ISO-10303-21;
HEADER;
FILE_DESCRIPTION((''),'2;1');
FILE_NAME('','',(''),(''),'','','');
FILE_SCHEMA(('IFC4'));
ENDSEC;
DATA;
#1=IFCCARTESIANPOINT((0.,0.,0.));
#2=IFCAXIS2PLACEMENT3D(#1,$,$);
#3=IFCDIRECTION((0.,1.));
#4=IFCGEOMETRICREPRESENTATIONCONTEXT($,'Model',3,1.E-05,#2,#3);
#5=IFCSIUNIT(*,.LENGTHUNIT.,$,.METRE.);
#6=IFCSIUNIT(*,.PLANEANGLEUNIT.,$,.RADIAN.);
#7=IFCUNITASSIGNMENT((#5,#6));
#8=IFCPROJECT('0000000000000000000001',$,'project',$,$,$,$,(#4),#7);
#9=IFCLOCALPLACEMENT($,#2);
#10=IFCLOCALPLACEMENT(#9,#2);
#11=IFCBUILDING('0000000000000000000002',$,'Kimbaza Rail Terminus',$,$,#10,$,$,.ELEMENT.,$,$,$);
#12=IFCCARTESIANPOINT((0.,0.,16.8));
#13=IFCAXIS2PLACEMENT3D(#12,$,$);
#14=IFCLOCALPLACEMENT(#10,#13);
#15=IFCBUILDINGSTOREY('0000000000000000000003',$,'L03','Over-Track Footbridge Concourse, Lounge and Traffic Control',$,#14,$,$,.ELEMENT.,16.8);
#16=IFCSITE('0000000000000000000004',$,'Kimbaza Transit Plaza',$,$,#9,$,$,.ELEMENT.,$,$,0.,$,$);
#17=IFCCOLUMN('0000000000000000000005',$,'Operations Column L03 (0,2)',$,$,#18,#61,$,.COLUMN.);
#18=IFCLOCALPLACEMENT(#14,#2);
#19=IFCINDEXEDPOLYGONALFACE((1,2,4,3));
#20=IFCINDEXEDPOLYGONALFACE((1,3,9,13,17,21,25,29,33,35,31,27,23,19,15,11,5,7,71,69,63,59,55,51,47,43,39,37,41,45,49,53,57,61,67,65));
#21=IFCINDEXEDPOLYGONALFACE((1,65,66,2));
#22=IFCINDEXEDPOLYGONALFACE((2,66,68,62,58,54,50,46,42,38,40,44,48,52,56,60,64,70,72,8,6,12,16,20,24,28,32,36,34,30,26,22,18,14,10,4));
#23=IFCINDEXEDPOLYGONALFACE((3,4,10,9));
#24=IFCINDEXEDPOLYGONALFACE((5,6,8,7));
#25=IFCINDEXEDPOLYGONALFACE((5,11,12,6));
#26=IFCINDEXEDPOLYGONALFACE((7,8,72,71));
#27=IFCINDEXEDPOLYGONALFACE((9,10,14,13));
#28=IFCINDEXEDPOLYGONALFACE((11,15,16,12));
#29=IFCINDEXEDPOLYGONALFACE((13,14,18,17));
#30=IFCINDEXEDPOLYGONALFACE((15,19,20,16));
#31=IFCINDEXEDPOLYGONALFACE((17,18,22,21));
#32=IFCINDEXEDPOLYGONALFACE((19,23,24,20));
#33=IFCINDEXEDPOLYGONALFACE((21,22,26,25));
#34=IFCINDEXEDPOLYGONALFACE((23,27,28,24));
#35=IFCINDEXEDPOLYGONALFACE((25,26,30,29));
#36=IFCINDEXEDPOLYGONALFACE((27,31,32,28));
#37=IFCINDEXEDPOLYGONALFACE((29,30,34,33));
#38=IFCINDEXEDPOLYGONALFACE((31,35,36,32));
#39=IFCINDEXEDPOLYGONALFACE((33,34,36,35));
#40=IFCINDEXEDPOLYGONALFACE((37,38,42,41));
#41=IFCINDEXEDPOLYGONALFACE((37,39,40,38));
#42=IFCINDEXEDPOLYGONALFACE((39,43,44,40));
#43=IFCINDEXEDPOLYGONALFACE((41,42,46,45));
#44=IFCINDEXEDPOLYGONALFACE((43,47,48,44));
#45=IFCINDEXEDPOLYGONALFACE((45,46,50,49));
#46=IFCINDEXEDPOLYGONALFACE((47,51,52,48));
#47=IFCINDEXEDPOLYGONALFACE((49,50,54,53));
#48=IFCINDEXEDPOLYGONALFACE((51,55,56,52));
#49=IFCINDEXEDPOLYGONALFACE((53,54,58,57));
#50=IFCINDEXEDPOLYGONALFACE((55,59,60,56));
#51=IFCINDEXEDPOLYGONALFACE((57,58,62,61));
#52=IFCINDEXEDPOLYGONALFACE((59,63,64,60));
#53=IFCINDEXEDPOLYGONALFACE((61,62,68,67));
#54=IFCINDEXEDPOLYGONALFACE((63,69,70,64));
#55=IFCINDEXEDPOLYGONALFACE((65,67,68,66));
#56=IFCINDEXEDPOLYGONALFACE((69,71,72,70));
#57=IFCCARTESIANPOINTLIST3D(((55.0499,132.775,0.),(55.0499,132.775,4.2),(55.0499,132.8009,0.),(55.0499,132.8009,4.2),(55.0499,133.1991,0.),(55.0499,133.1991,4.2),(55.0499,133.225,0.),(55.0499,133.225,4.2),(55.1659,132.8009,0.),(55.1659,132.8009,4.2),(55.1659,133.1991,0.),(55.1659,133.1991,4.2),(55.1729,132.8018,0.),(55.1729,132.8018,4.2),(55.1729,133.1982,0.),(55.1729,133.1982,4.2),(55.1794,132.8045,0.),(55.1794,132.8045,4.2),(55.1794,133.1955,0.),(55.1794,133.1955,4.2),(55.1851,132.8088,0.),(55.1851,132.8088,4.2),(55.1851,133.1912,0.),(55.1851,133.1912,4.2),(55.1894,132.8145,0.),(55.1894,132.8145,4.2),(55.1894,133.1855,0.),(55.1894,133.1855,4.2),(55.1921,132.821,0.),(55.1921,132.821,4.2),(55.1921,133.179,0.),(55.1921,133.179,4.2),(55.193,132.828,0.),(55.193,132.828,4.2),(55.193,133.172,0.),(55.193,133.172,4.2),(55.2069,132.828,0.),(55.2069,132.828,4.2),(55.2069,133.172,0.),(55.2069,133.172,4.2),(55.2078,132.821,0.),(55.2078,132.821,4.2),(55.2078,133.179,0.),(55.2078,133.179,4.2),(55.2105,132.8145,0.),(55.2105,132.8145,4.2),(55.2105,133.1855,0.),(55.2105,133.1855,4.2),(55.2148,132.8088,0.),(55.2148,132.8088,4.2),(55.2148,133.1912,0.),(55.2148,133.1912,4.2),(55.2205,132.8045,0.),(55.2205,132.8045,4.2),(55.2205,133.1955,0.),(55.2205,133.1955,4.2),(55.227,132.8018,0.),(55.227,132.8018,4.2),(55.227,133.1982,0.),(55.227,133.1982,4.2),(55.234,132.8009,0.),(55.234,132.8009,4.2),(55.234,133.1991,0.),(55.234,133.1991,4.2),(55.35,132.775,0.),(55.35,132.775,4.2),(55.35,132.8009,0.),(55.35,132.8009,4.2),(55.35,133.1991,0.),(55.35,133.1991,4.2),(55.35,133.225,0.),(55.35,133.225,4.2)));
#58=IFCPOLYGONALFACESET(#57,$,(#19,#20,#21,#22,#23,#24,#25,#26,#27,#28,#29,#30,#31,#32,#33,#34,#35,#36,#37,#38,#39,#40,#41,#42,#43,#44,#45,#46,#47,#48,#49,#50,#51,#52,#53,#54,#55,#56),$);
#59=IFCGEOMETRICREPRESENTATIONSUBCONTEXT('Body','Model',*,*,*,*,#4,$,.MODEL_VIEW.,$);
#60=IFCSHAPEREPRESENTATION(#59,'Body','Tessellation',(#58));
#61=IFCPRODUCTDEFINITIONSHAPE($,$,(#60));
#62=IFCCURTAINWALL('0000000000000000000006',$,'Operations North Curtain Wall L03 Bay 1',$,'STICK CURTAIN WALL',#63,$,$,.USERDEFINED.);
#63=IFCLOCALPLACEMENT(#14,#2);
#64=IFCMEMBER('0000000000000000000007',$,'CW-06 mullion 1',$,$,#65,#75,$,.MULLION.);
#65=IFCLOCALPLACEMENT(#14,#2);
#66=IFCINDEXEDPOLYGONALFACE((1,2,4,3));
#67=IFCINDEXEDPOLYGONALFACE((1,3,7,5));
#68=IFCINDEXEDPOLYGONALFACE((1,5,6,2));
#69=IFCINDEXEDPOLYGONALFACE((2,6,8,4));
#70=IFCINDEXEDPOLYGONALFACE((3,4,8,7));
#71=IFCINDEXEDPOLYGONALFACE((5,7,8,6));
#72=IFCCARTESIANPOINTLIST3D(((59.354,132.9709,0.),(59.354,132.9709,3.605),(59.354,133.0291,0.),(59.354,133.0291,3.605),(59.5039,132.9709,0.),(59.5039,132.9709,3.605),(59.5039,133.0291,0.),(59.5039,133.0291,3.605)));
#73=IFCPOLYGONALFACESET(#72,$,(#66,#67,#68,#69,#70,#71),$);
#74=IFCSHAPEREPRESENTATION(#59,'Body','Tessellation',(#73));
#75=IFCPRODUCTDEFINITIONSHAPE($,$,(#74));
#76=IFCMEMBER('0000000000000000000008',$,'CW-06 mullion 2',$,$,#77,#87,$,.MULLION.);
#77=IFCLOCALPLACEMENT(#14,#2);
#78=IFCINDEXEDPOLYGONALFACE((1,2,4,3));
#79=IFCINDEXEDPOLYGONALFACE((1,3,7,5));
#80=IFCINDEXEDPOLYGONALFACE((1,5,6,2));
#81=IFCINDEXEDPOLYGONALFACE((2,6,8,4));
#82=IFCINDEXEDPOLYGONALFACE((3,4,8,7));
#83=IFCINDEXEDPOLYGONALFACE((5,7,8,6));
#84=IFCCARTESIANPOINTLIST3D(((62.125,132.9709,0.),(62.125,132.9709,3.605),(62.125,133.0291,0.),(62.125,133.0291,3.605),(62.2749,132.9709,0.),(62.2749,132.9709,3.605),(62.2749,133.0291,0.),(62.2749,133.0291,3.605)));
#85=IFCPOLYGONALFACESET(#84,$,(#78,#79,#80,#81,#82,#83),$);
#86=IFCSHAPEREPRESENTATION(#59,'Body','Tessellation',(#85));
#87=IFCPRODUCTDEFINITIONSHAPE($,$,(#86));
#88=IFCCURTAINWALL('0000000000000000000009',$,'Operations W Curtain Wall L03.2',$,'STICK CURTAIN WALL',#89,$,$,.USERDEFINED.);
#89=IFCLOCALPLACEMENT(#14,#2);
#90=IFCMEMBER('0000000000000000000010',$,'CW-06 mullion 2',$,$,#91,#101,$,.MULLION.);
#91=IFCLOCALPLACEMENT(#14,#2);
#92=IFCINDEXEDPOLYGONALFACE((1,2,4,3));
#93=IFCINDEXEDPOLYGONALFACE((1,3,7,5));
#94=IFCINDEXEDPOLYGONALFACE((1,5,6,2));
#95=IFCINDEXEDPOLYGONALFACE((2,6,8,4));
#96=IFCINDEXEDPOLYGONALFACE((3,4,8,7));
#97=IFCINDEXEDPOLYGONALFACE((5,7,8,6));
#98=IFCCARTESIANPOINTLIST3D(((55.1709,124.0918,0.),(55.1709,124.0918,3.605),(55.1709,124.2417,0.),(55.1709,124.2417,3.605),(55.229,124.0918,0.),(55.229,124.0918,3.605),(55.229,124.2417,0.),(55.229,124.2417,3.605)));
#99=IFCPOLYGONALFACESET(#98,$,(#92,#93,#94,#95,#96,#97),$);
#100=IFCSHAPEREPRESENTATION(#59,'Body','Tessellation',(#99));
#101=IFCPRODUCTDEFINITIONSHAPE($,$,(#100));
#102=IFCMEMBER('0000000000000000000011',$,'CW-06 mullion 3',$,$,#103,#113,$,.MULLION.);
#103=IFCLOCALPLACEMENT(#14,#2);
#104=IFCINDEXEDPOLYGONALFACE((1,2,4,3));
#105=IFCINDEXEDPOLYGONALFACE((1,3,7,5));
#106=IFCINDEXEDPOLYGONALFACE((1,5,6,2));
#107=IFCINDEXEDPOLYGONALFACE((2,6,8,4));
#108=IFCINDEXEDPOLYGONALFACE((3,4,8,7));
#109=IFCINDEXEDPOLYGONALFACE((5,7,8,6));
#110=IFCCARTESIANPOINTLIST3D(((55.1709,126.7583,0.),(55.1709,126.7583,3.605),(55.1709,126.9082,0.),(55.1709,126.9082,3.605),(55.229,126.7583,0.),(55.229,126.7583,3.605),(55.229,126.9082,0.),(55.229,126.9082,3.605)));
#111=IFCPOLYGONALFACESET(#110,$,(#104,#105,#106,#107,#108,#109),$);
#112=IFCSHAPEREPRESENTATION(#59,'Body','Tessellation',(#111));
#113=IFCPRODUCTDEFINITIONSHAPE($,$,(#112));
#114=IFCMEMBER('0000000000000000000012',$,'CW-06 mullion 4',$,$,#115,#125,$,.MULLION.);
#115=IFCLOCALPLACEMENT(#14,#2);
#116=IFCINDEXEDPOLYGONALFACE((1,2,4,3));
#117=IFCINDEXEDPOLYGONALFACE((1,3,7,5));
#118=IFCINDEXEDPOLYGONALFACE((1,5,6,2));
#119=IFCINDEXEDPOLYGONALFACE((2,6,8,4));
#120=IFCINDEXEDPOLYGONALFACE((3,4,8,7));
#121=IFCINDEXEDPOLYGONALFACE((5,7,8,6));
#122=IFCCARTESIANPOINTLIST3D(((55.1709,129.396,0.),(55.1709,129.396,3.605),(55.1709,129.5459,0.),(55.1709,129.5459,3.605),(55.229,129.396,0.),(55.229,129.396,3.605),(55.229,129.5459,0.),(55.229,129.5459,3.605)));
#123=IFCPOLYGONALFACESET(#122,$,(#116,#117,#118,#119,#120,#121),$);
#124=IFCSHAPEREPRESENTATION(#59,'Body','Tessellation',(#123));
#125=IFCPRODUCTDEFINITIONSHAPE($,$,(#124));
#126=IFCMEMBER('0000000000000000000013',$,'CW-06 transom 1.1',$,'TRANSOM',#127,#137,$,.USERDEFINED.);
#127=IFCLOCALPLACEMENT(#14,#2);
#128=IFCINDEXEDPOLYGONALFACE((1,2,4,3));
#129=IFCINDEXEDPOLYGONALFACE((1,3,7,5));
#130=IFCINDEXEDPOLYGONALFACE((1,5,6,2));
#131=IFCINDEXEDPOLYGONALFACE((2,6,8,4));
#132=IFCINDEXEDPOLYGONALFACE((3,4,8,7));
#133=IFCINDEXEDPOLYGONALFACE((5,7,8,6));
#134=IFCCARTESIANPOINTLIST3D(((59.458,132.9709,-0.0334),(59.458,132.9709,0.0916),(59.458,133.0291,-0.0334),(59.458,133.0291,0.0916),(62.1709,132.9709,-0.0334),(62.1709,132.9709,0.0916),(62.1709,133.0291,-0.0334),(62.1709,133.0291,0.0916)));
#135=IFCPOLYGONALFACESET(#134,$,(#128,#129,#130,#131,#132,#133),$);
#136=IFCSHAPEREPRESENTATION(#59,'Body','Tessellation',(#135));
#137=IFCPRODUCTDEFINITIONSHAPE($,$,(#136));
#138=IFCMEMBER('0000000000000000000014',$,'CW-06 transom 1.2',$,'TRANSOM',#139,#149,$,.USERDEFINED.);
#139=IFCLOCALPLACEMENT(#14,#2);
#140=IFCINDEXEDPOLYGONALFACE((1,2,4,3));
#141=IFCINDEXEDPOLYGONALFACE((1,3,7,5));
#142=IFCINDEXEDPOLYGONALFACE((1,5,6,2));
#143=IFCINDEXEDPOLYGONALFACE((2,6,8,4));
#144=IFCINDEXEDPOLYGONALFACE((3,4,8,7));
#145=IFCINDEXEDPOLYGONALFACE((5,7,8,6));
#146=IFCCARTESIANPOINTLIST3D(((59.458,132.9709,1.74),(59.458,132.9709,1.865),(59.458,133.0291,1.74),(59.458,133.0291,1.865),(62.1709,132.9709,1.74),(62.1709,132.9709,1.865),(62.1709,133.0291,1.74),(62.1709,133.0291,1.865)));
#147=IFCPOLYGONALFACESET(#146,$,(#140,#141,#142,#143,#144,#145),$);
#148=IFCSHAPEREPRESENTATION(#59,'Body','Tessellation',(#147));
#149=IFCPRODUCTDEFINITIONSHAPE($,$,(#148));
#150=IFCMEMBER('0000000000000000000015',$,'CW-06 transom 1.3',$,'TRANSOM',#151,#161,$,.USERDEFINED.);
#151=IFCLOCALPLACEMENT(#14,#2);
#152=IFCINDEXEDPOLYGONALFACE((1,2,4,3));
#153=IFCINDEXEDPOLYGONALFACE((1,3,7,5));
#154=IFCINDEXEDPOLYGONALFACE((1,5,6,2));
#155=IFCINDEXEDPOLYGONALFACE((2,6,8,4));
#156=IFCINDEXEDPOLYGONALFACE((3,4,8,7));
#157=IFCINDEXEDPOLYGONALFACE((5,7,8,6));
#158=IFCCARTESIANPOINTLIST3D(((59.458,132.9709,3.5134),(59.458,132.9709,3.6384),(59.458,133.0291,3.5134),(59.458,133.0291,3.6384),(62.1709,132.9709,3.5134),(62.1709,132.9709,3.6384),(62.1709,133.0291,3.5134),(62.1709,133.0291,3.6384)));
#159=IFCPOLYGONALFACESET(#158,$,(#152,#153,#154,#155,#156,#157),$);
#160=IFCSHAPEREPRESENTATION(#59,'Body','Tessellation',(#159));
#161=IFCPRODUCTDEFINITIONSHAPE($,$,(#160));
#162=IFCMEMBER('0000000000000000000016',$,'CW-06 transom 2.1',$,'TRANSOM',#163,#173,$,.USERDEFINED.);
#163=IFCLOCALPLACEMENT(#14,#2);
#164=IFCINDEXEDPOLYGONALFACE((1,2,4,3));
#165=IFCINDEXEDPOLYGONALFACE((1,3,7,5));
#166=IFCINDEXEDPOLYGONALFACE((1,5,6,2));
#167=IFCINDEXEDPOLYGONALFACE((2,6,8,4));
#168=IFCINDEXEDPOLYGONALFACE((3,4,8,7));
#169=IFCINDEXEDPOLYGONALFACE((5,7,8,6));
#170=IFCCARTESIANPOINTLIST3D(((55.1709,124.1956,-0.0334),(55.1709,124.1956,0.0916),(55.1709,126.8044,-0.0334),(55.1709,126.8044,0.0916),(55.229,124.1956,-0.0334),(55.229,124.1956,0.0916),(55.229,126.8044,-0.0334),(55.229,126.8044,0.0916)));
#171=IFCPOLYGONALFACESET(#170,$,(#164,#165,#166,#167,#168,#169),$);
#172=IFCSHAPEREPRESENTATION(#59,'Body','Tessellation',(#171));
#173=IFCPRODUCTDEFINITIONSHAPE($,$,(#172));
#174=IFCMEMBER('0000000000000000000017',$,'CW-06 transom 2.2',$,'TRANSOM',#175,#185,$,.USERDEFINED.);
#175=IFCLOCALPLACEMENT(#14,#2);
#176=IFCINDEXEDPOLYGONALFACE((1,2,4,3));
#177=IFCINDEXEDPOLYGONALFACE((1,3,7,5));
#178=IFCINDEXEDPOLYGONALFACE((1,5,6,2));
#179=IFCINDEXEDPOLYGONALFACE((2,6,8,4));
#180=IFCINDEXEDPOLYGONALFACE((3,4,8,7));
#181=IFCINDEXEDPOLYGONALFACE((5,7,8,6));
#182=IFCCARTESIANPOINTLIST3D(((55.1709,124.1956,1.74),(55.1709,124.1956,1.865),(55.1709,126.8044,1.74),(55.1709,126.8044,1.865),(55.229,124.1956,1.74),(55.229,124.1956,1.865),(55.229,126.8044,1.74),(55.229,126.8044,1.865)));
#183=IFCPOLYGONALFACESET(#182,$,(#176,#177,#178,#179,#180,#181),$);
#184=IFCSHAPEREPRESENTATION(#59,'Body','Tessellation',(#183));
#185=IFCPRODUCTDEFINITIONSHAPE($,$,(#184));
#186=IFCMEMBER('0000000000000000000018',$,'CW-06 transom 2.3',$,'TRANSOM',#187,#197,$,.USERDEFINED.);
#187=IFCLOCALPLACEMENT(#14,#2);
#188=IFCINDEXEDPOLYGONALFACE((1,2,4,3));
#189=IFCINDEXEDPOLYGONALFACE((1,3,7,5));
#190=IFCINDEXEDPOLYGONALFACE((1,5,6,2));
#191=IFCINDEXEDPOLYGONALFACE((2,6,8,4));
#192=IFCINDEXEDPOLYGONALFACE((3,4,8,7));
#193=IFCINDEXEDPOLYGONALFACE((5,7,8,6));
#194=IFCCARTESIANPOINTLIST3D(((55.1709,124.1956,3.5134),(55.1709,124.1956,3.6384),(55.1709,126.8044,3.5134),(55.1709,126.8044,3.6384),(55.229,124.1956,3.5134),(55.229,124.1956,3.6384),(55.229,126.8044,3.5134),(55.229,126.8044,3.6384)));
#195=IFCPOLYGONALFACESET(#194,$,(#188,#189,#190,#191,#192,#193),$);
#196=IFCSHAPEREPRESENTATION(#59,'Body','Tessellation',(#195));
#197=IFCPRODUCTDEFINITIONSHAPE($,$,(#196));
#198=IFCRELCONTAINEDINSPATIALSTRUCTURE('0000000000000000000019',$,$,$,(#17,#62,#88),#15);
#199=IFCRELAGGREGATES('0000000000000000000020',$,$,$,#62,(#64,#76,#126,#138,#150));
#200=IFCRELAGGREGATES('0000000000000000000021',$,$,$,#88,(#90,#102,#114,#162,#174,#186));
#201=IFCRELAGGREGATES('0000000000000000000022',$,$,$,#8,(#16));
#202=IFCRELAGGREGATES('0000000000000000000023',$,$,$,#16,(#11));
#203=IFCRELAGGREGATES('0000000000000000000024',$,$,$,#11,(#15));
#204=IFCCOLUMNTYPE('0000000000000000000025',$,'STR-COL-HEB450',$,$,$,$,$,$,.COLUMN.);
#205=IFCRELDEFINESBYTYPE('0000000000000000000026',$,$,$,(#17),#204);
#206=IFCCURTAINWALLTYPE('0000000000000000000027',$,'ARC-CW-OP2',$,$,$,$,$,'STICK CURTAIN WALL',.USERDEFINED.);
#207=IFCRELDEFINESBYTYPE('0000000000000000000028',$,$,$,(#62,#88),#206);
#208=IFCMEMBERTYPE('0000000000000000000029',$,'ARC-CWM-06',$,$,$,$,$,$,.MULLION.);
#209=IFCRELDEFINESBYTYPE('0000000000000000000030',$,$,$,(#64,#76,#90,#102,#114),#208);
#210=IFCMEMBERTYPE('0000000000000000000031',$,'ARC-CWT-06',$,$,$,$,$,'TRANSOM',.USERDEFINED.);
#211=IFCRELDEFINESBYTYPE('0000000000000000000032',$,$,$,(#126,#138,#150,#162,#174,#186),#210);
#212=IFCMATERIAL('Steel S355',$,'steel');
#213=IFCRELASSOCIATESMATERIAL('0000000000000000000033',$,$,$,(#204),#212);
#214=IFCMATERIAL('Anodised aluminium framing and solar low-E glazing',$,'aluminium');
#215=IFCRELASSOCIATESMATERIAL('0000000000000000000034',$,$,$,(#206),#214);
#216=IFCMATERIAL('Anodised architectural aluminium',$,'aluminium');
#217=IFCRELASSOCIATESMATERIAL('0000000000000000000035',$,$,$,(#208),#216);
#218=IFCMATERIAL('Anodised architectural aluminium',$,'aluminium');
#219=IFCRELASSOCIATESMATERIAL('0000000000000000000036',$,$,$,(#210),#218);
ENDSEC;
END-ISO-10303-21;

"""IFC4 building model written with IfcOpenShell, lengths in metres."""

from ifc_helpers import new_model, si_unit, direction, frame, origin, origin_2d, place, context, subcontext, project, spatial, rectangle, i_section, extrude, material, material_profile, profile_set, type_object, element, aggregate, save


model = new_model("IFC4")

# Units and contexts
model_context = context("Model", 3, precision=1e-05, world=origin(), true_north=direction((0.0, 1.0)))
body_context = subcontext(model_context, "Body", "Model", "MODEL_VIEW")
ifc_project = project(units=[si_unit("LENGTHUNIT", "METRE"), si_unit("PLANEANGLEUNIT", "RADIAN")], contexts=[model_context])

# Site, building, storey
site_placement = place(None, origin())
site = spatial("IfcSite", under=ifc_project, at=site_placement, Name="Kimbaza Transit Plaza", CompositionType="ELEMENT", RefElevation=0.0)
building_placement = place(site_placement, origin())
building = spatial("IfcBuilding", under=site, at=building_placement, Name="Kimbaza Rail Terminus", CompositionType="ELEMENT")
storey_placement = place(building_placement, frame((0.0, 0.0, 16.8)))
storey = spatial("IfcBuildingStorey", under=building, at=storey_placement, Name="L03", Description="Over-Track Footbridge Concourse, Lounge and Traffic Control", CompositionType="ELEMENT", Elevation=16.8)

# Column
ifc_material_1 = material(Name="Steel S355", Category="steel")
ifc_material_profile_1 = material_profile(ifc_material_1, i_section(OverallWidth=0.3, OverallDepth=0.45, WebThickness=0.0139, FlangeThickness=0.0259, FilletRadius=0.0271, at=origin_2d()), Name="HEB 450")
ifc_profile_set_1 = profile_set([ifc_material_profile_1], Name="Steel S355")
column_type = type_object("IfcColumnType", Name="STR-COL-HEB450", PredefinedType="COLUMN", material=ifc_profile_set_1)
column_placement = place(storey_placement, frame((55.2, 133.0, 0.0), z_axis=(0.0, 0.0, 1.0), x_axis=(1.0, 0.0, 0.0)))
element("IfcColumn", 1, at=column_placement, inside=storey, type_object=column_type, Name="Operations Column L03 (0,2)", PredefinedType="COLUMN", context=body_context, shape_type="SweptSolid", body=[
    extrude(i_section(OverallWidth=0.3, OverallDepth=0.45, WebThickness=0.0139, FlangeThickness=0.0259, FilletRadius=0.0271, at=origin_2d()), origin(), (0.0, 0.0, 1.0), 4.2),
])

# Curtain walls, members
ifc_material_2 = material(Name="Anodised aluminium framing and solar low-E glazing", Category="aluminium")
curtain_wall_type = type_object("IfcCurtainWallType", Name="ARC-CW-OP2", ElementType="STICK CURTAIN WALL", PredefinedType="USERDEFINED", material=ifc_material_2)
curtain_wall_1_placement = place(storey_placement, origin())
curtain_wall_1 = element("IfcCurtainWall", 2, at=curtain_wall_1_placement, inside=storey, type_object=curtain_wall_type, Name="Operations North Curtain Wall L03 Bay 1", ObjectType="STICK CURTAIN WALL", PredefinedType="USERDEFINED")
ifc_material_3 = material(Name="Anodised architectural aluminium", Category="aluminium")
ifc_material_profile_2 = material_profile(ifc_material_3, rectangle(XDim=0.0581, YDim=0.1499, at=origin_2d()), Name="MULLION 58x150")
ifc_profile_set_2 = profile_set([ifc_material_profile_2], Name="Anodised architectural aluminium")
member_type_1 = type_object("IfcMemberType", Name="ARC-CWM-06", PredefinedType="MULLION", material=ifc_profile_set_2)
member_1_placement = place(storey_placement, frame((59.429, 133.0, 0.0), z_axis=(0.0, 0.0, 1.0), x_axis=(0.0, 1.0, 0.0)))
member_1 = element("IfcMember", 3, at=member_1_placement, type_object=member_type_1, Name="CW-06 mullion 1", PredefinedType="MULLION", context=body_context, shape_type="SweptSolid", body=[
    extrude(rectangle(XDim=0.0581, YDim=0.1499, at=origin_2d()), origin(), (0.0, 0.0, 1.0), 3.605),
])
member_2_placement = place(storey_placement, frame((62.2, 133.0, 0.0), z_axis=(0.0, 0.0, 1.0), x_axis=(0.0, 1.0, 0.0)))
member_2 = element("IfcMember", 4, at=member_2_placement, type_object=member_type_1, Name="CW-06 mullion 2", PredefinedType="MULLION", context=body_context, shape_type="SweptSolid", body=[
    extrude(rectangle(XDim=0.0581, YDim=0.1499, at=origin_2d()), origin(), (0.0, 0.0, 1.0), 3.605),
])
curtain_wall_2_placement = place(storey_placement, origin())
curtain_wall_2 = element("IfcCurtainWall", 5, at=curtain_wall_2_placement, inside=storey, type_object=curtain_wall_type, Name="Operations W Curtain Wall L03.2", ObjectType="STICK CURTAIN WALL", PredefinedType="USERDEFINED")
member_3_placement = place(storey_placement, frame((55.2, 124.1667, 0.0), z_axis=(0.0, 0.0, 1.0), x_axis=(-1.0, 0.0, 0.0)))
member_3 = element("IfcMember", 6, at=member_3_placement, type_object=member_type_1, Name="CW-06 mullion 2", PredefinedType="MULLION", context=body_context, shape_type="SweptSolid", body=[
    extrude(rectangle(XDim=0.0581, YDim=0.1499, at=origin_2d()), origin(), (0.0, 0.0, 1.0), 3.605),
])
member_4_placement = place(storey_placement, frame((55.2, 126.8333, 0.0), z_axis=(0.0, 0.0, 1.0), x_axis=(-1.0, 0.0, 0.0)))
member_4 = element("IfcMember", 7, at=member_4_placement, type_object=member_type_1, Name="CW-06 mullion 3", PredefinedType="MULLION", context=body_context, shape_type="SweptSolid", body=[
    extrude(rectangle(XDim=0.0581, YDim=0.1499, at=origin_2d()), origin(), (0.0, 0.0, 1.0), 3.605),
])
member_5_placement = place(storey_placement, frame((55.2, 129.4709, 0.0), z_axis=(0.0, 0.0, 1.0), x_axis=(-1.0, 0.0, 0.0)))
member_5 = element("IfcMember", 8, at=member_5_placement, type_object=member_type_1, Name="CW-06 mullion 4", PredefinedType="MULLION", context=body_context, shape_type="SweptSolid", body=[
    extrude(rectangle(XDim=0.0581, YDim=0.1499, at=origin_2d()), origin(), (0.0, 0.0, 1.0), 3.605),
])

# Members
ifc_material_4 = material(Name="Anodised architectural aluminium", Category="aluminium")
ifc_material_profile_3 = material_profile(ifc_material_4, rectangle(XDim=0.0581, YDim=0.125, at=origin_2d()), Name="TRANSOM 58x125")
ifc_profile_set_3 = profile_set([ifc_material_profile_3], Name="Anodised architectural aluminium")
member_type_2 = type_object("IfcMemberType", Name="ARC-CWT-06", ElementType="TRANSOM", PredefinedType="USERDEFINED", material=ifc_profile_set_3)
member_6_placement = place(storey_placement, frame((59.458, 133.0, 0.0291), z_axis=(1.0, 0.0, 0.0), x_axis=(0.0, 1.0, 0.0)))
member_6 = element("IfcMember", 9, at=member_6_placement, type_object=member_type_2, Name="CW-06 transom 1.1", ObjectType="TRANSOM", PredefinedType="USERDEFINED", context=body_context, shape_type="SweptSolid", body=[
    extrude(rectangle(XDim=0.0581, YDim=0.125, at=origin_2d()), origin(), (0.0, 0.0, 1.0), 2.7129),
])
member_7_placement = place(storey_placement, frame((59.458, 133.0, 1.8025), z_axis=(1.0, 0.0, 0.0), x_axis=(0.0, 1.0, 0.0)))
member_7 = element("IfcMember", 10, at=member_7_placement, type_object=member_type_2, Name="CW-06 transom 1.2", ObjectType="TRANSOM", PredefinedType="USERDEFINED", context=body_context, shape_type="SweptSolid", body=[
    extrude(rectangle(XDim=0.0581, YDim=0.125, at=origin_2d()), origin(), (0.0, 0.0, 1.0), 2.7129),
])
member_8_placement = place(storey_placement, frame((59.458, 133.0, 3.5759), z_axis=(1.0, 0.0, 0.0), x_axis=(0.0, 1.0, 0.0)))
member_8 = element("IfcMember", 11, at=member_8_placement, type_object=member_type_2, Name="CW-06 transom 1.3", ObjectType="TRANSOM", PredefinedType="USERDEFINED", context=body_context, shape_type="SweptSolid", body=[
    extrude(rectangle(XDim=0.0581, YDim=0.125, at=origin_2d()), origin(), (0.0, 0.0, 1.0), 2.7129),
])
member_9_placement = place(storey_placement, frame((55.2, 124.1956, 0.0291), z_axis=(0.0, 1.0, 0.0), x_axis=(-1.0, 0.0, 0.0)))
member_9 = element("IfcMember", 12, at=member_9_placement, type_object=member_type_2, Name="CW-06 transom 2.1", ObjectType="TRANSOM", PredefinedType="USERDEFINED", context=body_context, shape_type="SweptSolid", body=[
    extrude(rectangle(XDim=0.0581, YDim=0.125, at=origin_2d()), origin(), (0.0, 0.0, 1.0), 2.6089),
])
member_10_placement = place(storey_placement, frame((55.2, 124.1956, 1.8025), z_axis=(0.0, 1.0, 0.0), x_axis=(-1.0, 0.0, 0.0)))
member_10 = element("IfcMember", 13, at=member_10_placement, type_object=member_type_2, Name="CW-06 transom 2.2", ObjectType="TRANSOM", PredefinedType="USERDEFINED", context=body_context, shape_type="SweptSolid", body=[
    extrude(rectangle(XDim=0.0581, YDim=0.125, at=origin_2d()), origin(), (0.0, 0.0, 1.0), 2.6089),
])
member_11_placement = place(storey_placement, frame((55.2, 124.1956, 3.5759), z_axis=(0.0, 1.0, 0.0), x_axis=(-1.0, 0.0, 0.0)))
member_11 = element("IfcMember", 14, at=member_11_placement, type_object=member_type_2, Name="CW-06 transom 2.3", ObjectType="TRANSOM", PredefinedType="USERDEFINED", context=body_context, shape_type="SweptSolid", body=[
    extrude(rectangle(XDim=0.0581, YDim=0.125, at=origin_2d()), origin(), (0.0, 0.0, 1.0), 2.6089),
])

aggregate(curtain_wall_1, [member_1, member_2, member_6, member_7, member_8])
aggregate(curtain_wall_2, [member_3, member_4, member_5, member_9, member_10, member_11])

save(model, "model.ifc")
